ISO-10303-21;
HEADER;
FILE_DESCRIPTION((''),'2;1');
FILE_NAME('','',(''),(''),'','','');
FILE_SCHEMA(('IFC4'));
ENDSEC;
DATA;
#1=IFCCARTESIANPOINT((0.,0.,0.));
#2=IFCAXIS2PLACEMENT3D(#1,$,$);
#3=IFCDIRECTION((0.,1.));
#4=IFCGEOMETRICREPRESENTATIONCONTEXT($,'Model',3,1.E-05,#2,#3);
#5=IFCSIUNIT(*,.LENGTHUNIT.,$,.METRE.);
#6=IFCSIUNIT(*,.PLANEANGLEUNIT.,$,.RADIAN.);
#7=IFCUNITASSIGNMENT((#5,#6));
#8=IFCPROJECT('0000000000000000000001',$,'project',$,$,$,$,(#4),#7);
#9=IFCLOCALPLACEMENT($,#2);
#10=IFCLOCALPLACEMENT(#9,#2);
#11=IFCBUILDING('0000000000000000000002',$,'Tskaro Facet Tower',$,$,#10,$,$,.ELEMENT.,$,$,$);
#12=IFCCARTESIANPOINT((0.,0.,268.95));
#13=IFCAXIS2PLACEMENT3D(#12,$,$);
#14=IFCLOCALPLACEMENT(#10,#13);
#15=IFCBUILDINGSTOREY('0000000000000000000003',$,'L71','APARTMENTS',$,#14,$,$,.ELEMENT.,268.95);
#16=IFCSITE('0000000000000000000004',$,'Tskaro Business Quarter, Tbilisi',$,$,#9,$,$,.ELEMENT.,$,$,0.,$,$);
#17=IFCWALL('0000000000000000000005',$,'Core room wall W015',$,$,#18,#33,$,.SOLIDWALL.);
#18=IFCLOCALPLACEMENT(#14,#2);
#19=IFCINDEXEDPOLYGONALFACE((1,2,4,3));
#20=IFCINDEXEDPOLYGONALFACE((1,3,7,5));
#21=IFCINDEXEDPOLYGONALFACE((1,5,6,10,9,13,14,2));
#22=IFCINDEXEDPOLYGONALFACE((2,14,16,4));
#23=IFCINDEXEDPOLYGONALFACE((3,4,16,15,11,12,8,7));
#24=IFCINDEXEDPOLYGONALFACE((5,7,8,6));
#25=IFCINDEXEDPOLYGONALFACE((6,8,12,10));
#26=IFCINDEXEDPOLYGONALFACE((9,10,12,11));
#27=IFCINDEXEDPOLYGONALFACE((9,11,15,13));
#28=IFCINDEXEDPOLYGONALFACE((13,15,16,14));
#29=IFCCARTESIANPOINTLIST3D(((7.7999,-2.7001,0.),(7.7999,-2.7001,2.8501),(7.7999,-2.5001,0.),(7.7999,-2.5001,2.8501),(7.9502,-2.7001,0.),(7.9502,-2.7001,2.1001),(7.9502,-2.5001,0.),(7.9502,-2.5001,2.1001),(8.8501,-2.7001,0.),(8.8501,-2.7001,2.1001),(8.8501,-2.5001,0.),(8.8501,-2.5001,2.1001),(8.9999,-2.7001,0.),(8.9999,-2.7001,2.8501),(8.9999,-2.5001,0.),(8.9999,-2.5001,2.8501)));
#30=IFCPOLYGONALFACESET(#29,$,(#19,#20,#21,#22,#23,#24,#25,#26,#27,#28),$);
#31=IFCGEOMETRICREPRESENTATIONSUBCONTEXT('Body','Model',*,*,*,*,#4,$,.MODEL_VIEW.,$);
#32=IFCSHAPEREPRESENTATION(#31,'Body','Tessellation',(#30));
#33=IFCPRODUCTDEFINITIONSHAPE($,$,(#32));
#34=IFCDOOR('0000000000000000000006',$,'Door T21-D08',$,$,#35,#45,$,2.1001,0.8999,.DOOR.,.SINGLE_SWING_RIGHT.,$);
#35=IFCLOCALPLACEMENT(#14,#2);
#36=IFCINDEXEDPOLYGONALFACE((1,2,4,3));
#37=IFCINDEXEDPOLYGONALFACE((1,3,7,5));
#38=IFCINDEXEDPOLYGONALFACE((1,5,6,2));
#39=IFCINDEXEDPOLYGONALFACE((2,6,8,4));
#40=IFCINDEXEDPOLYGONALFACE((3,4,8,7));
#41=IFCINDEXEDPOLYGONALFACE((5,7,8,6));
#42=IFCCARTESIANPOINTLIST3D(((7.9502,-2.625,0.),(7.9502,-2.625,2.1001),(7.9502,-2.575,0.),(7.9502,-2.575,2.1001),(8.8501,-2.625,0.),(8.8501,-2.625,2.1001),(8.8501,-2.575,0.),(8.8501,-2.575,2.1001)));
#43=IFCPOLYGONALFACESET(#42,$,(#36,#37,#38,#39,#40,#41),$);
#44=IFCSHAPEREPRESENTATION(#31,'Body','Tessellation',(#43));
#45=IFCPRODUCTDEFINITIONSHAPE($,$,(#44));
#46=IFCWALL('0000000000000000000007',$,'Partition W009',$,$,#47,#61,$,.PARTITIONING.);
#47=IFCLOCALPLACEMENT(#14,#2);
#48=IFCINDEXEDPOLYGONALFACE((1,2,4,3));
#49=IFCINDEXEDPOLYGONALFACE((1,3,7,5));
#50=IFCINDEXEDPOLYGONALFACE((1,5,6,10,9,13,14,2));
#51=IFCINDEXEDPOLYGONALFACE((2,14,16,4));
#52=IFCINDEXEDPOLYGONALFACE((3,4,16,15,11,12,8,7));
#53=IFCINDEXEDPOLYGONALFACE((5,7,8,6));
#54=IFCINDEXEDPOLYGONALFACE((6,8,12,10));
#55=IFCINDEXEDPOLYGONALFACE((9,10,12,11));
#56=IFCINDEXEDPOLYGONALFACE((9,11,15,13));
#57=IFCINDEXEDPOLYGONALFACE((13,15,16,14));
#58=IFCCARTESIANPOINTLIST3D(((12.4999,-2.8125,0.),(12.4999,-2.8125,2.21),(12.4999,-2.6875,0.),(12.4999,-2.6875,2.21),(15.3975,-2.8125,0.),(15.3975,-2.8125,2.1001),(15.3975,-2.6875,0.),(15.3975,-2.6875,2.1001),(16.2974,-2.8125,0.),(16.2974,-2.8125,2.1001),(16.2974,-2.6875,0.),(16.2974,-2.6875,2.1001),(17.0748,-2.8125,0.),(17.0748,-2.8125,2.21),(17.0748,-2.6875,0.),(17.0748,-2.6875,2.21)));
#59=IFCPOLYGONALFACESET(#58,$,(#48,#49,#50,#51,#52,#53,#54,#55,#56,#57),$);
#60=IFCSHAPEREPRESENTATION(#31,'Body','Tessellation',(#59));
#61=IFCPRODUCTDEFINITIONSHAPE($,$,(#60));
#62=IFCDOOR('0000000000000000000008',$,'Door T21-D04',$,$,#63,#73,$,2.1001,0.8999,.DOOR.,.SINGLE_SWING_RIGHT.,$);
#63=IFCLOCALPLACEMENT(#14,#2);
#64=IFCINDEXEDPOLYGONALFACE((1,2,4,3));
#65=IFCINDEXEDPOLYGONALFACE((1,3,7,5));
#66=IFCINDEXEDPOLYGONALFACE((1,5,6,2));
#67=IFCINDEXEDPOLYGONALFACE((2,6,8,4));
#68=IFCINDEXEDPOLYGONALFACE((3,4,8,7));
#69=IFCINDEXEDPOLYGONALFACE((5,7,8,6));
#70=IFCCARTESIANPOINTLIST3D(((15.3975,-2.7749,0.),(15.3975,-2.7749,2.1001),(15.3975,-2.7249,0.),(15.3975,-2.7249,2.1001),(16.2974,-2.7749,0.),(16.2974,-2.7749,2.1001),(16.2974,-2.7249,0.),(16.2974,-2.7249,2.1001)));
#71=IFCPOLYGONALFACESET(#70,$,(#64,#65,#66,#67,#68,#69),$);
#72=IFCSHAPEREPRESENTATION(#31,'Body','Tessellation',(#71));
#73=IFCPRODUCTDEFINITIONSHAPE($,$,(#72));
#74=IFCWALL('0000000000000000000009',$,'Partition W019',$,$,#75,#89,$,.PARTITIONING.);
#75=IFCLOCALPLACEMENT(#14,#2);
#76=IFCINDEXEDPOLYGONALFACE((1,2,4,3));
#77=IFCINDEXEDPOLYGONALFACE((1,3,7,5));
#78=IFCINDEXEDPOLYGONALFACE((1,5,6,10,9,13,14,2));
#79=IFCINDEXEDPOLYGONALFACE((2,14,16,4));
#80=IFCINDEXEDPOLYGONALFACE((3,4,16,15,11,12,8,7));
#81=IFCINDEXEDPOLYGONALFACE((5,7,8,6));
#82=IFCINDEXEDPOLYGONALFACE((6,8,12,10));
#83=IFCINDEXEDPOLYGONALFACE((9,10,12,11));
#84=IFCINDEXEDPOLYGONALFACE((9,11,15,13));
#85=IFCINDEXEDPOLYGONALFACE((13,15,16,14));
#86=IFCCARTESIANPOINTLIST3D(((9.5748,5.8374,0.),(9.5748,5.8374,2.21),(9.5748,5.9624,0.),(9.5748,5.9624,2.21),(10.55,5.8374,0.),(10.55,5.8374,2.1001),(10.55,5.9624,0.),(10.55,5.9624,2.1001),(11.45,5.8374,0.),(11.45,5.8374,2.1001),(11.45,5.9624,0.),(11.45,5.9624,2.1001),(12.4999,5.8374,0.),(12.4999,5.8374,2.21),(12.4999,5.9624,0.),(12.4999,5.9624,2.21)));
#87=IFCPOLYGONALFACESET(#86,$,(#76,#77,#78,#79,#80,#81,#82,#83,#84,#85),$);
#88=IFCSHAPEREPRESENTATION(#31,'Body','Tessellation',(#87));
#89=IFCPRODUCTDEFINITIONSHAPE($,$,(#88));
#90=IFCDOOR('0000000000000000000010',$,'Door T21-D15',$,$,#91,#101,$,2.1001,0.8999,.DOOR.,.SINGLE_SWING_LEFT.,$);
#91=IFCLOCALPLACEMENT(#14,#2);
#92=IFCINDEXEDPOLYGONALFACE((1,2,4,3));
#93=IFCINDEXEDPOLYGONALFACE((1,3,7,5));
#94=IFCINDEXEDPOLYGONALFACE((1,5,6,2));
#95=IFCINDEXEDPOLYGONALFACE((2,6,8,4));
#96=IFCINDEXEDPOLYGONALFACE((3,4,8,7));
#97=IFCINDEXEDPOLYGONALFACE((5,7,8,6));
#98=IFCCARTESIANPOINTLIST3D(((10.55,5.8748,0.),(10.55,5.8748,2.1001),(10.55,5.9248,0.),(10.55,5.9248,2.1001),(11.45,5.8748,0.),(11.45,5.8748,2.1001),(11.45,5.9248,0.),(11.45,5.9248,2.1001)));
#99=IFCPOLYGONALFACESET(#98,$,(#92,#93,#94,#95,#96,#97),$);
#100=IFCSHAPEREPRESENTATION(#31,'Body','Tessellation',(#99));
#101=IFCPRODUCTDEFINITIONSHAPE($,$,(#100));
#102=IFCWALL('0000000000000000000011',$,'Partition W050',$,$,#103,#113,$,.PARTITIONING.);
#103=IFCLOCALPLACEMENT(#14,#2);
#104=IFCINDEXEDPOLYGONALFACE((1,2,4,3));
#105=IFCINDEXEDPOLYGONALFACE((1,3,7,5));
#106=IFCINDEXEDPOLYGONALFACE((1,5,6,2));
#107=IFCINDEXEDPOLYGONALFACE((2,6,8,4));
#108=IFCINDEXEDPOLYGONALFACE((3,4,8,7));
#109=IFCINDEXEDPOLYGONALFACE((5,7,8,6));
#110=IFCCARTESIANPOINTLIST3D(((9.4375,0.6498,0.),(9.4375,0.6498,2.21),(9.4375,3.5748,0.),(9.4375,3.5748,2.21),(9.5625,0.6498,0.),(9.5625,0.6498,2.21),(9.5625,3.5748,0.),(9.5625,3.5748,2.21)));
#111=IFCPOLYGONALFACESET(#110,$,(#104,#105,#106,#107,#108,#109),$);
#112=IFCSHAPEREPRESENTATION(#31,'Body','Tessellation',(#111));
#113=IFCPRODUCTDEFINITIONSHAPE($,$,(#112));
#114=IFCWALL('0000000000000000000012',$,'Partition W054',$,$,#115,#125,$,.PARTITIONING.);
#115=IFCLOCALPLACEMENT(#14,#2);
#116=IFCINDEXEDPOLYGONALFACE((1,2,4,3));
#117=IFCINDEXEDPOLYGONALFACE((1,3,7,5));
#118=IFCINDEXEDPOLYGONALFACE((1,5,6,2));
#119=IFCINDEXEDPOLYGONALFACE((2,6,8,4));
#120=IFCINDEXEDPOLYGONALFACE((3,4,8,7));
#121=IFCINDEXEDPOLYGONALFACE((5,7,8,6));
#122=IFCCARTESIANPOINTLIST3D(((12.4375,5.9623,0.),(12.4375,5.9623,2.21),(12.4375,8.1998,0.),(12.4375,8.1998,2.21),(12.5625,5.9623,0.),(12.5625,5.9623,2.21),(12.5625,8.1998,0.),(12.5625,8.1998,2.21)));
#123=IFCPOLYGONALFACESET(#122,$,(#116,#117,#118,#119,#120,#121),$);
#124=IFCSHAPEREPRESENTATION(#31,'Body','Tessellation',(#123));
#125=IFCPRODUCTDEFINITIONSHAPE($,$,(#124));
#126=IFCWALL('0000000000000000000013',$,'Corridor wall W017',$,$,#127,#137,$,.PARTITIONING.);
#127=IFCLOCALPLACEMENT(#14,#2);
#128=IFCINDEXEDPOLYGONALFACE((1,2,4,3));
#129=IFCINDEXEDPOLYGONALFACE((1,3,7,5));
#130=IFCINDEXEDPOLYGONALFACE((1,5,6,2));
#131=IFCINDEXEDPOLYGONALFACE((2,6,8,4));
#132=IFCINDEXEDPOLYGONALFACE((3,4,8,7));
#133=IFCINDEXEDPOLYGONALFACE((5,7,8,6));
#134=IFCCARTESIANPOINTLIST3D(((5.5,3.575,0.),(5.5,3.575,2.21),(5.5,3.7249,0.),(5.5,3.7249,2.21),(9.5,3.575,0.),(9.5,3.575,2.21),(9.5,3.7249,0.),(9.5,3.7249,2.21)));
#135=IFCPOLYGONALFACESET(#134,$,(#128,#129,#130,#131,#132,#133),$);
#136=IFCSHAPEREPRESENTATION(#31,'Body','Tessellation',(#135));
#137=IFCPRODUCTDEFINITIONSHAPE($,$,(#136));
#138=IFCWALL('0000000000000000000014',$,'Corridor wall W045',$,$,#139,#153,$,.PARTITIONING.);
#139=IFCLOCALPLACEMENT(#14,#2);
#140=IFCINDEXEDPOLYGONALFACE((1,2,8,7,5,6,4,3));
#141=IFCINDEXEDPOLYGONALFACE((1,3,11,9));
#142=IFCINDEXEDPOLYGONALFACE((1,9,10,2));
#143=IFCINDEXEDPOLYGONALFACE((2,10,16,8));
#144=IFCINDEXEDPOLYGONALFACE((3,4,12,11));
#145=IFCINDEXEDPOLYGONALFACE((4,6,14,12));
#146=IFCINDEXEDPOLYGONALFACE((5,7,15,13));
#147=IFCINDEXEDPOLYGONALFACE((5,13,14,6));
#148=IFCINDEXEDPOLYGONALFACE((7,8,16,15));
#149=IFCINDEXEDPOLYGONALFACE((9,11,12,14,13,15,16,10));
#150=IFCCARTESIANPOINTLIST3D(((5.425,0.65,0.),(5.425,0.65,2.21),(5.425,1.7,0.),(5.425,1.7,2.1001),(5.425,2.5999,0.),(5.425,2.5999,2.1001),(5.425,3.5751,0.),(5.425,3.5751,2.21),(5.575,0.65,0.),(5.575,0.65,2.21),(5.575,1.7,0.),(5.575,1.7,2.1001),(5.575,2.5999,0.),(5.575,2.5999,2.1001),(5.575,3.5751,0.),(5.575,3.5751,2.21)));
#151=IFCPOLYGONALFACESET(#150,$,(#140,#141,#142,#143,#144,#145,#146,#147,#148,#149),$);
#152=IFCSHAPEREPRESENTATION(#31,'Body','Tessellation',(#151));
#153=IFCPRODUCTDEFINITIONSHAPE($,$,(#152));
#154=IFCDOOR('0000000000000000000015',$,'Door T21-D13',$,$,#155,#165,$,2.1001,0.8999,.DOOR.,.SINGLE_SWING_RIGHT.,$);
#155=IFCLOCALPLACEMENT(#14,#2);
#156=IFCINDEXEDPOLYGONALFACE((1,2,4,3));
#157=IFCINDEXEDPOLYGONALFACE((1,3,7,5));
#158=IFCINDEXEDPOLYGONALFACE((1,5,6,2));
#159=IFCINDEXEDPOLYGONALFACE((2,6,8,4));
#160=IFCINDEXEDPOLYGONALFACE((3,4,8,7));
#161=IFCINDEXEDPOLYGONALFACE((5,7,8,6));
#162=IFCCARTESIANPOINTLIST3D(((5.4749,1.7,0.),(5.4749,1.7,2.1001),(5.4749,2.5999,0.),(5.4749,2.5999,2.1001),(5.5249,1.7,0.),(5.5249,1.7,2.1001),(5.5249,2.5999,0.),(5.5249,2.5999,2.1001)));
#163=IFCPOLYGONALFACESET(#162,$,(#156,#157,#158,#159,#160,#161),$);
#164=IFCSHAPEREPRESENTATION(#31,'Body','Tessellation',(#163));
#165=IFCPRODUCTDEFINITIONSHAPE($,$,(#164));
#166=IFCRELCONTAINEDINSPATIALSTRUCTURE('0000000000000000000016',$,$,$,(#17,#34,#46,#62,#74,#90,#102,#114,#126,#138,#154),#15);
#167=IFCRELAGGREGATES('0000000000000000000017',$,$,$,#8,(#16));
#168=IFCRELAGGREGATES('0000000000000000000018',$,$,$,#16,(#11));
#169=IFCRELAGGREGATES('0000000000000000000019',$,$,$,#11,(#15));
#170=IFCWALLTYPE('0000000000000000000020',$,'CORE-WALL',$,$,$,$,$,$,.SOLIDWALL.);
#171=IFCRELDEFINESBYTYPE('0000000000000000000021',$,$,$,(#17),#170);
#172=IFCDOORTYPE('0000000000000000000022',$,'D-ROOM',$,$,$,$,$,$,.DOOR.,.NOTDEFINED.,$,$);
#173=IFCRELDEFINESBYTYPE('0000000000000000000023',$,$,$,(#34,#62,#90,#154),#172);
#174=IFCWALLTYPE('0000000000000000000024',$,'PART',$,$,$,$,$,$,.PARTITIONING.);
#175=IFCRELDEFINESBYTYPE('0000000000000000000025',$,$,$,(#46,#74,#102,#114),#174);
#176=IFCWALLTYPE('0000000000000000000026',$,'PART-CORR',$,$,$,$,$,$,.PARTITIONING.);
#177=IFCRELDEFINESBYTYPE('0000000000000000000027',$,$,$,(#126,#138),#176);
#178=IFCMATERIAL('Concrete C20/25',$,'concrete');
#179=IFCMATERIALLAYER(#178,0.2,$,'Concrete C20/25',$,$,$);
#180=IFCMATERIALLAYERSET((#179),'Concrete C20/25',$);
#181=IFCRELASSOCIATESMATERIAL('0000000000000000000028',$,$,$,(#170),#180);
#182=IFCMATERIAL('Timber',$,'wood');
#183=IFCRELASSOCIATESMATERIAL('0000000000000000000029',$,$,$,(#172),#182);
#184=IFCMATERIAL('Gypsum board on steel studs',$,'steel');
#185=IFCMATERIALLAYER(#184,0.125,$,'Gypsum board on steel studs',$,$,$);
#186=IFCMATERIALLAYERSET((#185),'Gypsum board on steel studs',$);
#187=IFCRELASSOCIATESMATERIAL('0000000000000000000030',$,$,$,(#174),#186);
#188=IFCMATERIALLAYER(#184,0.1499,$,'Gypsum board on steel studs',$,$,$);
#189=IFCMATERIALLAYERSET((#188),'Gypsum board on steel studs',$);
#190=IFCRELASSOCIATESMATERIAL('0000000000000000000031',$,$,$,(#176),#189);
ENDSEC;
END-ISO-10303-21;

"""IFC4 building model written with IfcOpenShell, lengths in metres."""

from ifc_helpers import new_model, si_unit, direction, frame, frame_2d, origin, place, context, subcontext, project, spatial, rectangle, extrude, material, layer, layer_set, type_object, element, fill, save


model = new_model("IFC4")

# Units and contexts
model_context = context("Model", 3, precision=1e-05, world=origin(), true_north=direction((0.0, 1.0)))
body_context = subcontext(model_context, "Body", "Model", "MODEL_VIEW")
ifc_project = project(units=[si_unit("LENGTHUNIT", "METRE"), si_unit("PLANEANGLEUNIT", "RADIAN")], contexts=[model_context])

# Site, building, storey
site_placement = place(None, origin())
site = spatial("IfcSite", under=ifc_project, at=site_placement, Name="Tskaro Business Quarter, Tbilisi", CompositionType="ELEMENT", RefElevation=0.0)
building_placement = place(site_placement, origin())
building = spatial("IfcBuilding", under=site, at=building_placement, Name="Tskaro Facet Tower", CompositionType="ELEMENT")
storey_placement = place(building_placement, frame((0.0, 0.0, 268.95)))
storey = spatial("IfcBuildingStorey", under=building, at=storey_placement, Name="L71", Description="APARTMENTS", CompositionType="ELEMENT", Elevation=268.95)

# Shared definitions
ifc_material_1 = material(Name="Concrete C20/25", Category="concrete")
ifc_layer_1 = layer(ifc_material_1, 0.2, Name="Concrete C20/25")
ifc_layer_set_1 = layer_set([ifc_layer_1], Name="Concrete C20/25")
wall_type_1 = type_object("IfcWallType", Name="CORE-WALL", PredefinedType="SOLIDWALL", material=ifc_layer_set_1)
ifc_material_2 = material(Name="Timber", Category="wood")
door_type_1 = type_object("IfcDoorType", Name="D-ROOM", OperationType="NOTDEFINED", PredefinedType="DOOR", material=ifc_material_2)

# Walls, openings, doors
wall_1_placement = place(storey_placement, frame((9.0, -2.6001, 0.0), z_axis=(0.0, 0.0, 1.0), x_axis=(-1.0, 0.0, 0.0)))
wall_1 = element("IfcWall", 1, at=wall_1_placement, inside=storey, type_object=wall_type_1, Name="Core room wall W015", PredefinedType="SOLIDWALL", context=body_context, shape_type="SweptSolid", body=[
    extrude(rectangle(XDim=1.2, YDim=0.2, at=frame_2d((0.6001, 0.0))), origin(), (0.0, 0.0, 1.0), 2.8501),
])
opening_1_placement = place(wall_1_placement, frame((0.1499, 0.0, 0.0)))
opening_1 = element("IfcOpeningElement", 2, at=opening_1_placement, cuts=wall_1, PredefinedType="OPENING", context=body_context, shape_type="SweptSolid", body=[
    extrude(rectangle(XDim=0.8999, YDim=2.1001, at=frame_2d((0.45, 1.05))), frame((0.0, 0.1099, 0.0), z_axis=(0.0, -1.0, 0.0), x_axis=(1.0, 0.0, 0.0)), (0.0, 0.0, 1.0), 0.22),
])
door_1_placement = place(opening_1_placement, origin())
door_1 = element("IfcDoor", 3, at=door_1_placement, inside=storey, type_object=door_type_1, Name="Door T21-D08", OperationType="SINGLE_SWING_RIGHT", OverallHeight=2.1001, OverallWidth=0.8999, PredefinedType="DOOR", context=body_context, shape_type="SweptSolid", body=[
    extrude(rectangle(XDim=0.8999, YDim=2.1001, at=frame_2d((0.45, 1.05))), frame((0.0, 0.0249, 0.0), z_axis=(0.0, -1.0, 0.0), x_axis=(1.0, 0.0, 0.0)), (0.0, 0.0, 1.0), 0.05),
])
fill(opening_1, door_1)
ifc_material_3 = material(Name="Gypsum board on steel studs", Category="steel")
ifc_layer_2 = layer(ifc_material_3, 0.125, Name="Gypsum board on steel studs")
ifc_layer_set_2 = layer_set([ifc_layer_2], Name="Gypsum board on steel studs")
wall_type_2 = type_object("IfcWallType", Name="PART", PredefinedType="PARTITIONING", material=ifc_layer_set_2)
wall_2_placement = place(storey_placement, frame((17.075, -2.75, 0.0), z_axis=(0.0, 0.0, 1.0), x_axis=(-1.0, 0.0, 0.0)))
wall_2 = element("IfcWall", 4, at=wall_2_placement, inside=storey, type_object=wall_type_2, Name="Partition W009", PredefinedType="PARTITIONING", context=body_context, shape_type="SweptSolid", body=[
    extrude(rectangle(XDim=4.575, YDim=0.125, at=frame_2d((2.2876, 0.0))), origin(), (0.0, 0.0, 1.0), 2.21),
])
opening_2_placement = place(wall_2_placement, frame((0.7776, 0.0, 0.0)))
opening_2 = element("IfcOpeningElement", 5, at=opening_2_placement, cuts=wall_2, PredefinedType="OPENING", context=body_context, shape_type="SweptSolid", body=[
    extrude(rectangle(XDim=0.8999, YDim=2.1001, at=frame_2d((0.45, 1.05))), frame((0.0, 0.0725, 0.0), z_axis=(0.0, -1.0, 0.0), x_axis=(1.0, 0.0, 0.0)), (0.0, 0.0, 1.0), 0.145),
])
door_2_placement = place(opening_2_placement, origin())
door_2 = element("IfcDoor", 6, at=door_2_placement, inside=storey, type_object=door_type_1, Name="Door T21-D04", OperationType="SINGLE_SWING_RIGHT", OverallHeight=2.1001, OverallWidth=0.8999, PredefinedType="DOOR", context=body_context, shape_type="SweptSolid", body=[
    extrude(rectangle(XDim=0.8999, YDim=2.1001, at=frame_2d((0.45, 1.05))), frame((0.0, 0.0249, 0.0), z_axis=(0.0, -1.0, 0.0), x_axis=(1.0, 0.0, 0.0)), (0.0, 0.0, 1.0), 0.05),
])
fill(opening_2, door_2)
wall_3_placement = place(storey_placement, frame((9.575, 5.8999, 0.0), z_axis=(0.0, 0.0, 1.0), x_axis=(1.0, 0.0, 0.0)))
wall_3 = element("IfcWall", 7, at=wall_3_placement, inside=storey, type_object=wall_type_2, Name="Partition W019", PredefinedType="PARTITIONING", context=body_context, shape_type="SweptSolid", body=[
    extrude(rectangle(XDim=2.925, YDim=0.125, at=frame_2d((1.4624, 0.0))), origin(), (0.0, 0.0, 1.0), 2.21),
])
opening_3_placement = place(wall_3_placement, frame((0.9751, 0.0, 0.0)))
opening_3 = element("IfcOpeningElement", 8, at=opening_3_placement, cuts=wall_3, PredefinedType="OPENING", context=body_context, shape_type="SweptSolid", body=[
    extrude(rectangle(XDim=0.8999, YDim=2.1001, at=frame_2d((0.45, 1.05))), frame((0.0, 0.0725, 0.0), z_axis=(0.0, -1.0, 0.0), x_axis=(1.0, 0.0, 0.0)), (0.0, 0.0, 1.0), 0.145),
])
door_3_placement = place(opening_3_placement, origin())
door_3 = element("IfcDoor", 9, at=door_3_placement, inside=storey, type_object=door_type_1, Name="Door T21-D15", OperationType="SINGLE_SWING_LEFT", OverallHeight=2.1001, OverallWidth=0.8999, PredefinedType="DOOR", context=body_context, shape_type="SweptSolid", body=[
    extrude(rectangle(XDim=0.8999, YDim=2.1001, at=frame_2d((0.45, 1.05))), frame((0.0, 0.0249, 0.0), z_axis=(0.0, -1.0, 0.0), x_axis=(1.0, 0.0, 0.0)), (0.0, 0.0, 1.0), 0.05),
])
fill(opening_3, door_3)

# Walls
wall_4_placement = place(storey_placement, frame((9.5, 0.6499, 0.0), z_axis=(0.0, 0.0, 1.0), x_axis=(0.0, 1.0, 0.0)))
element("IfcWall", 10, at=wall_4_placement, inside=storey, type_object=wall_type_2, Name="Partition W050", PredefinedType="PARTITIONING", context=body_context, shape_type="SweptSolid", body=[
    extrude(rectangle(XDim=2.925, YDim=0.125, at=frame_2d((1.4624, 0.0))), origin(), (0.0, 0.0, 1.0), 2.21),
])
wall_5_placement = place(storey_placement, frame((12.5, 5.9624, 0.0), z_axis=(0.0, 0.0, 1.0), x_axis=(0.0, 1.0, 0.0)))
element("IfcWall", 11, at=wall_5_placement, inside=storey, type_object=wall_type_2, Name="Partition W054", PredefinedType="PARTITIONING", context=body_context, shape_type="SweptSolid", body=[
    extrude(rectangle(XDim=2.2375, YDim=0.125, at=frame_2d((1.1187, 0.0))), origin(), (0.0, 0.0, 1.0), 2.21),
])
ifc_layer_3 = layer(ifc_material_3, 0.1499, Name="Gypsum board on steel studs")
ifc_layer_set_3 = layer_set([ifc_layer_3], Name="Gypsum board on steel studs")
wall_type_3 = type_object("IfcWallType", Name="PART-CORR", PredefinedType="PARTITIONING", material=ifc_layer_set_3)
wall_6_placement = place(storey_placement, frame((5.5, 3.6499, 0.0), z_axis=(0.0, 0.0, 1.0), x_axis=(1.0, 0.0, 0.0)))
element("IfcWall", 12, at=wall_6_placement, inside=storey, type_object=wall_type_3, Name="Corridor wall W017", PredefinedType="PARTITIONING", context=body_context, shape_type="SweptSolid", body=[
    extrude(rectangle(XDim=4.0, YDim=0.1499, at=frame_2d((2.0, 0.0))), origin(), (0.0, 0.0, 1.0), 2.21),
])

# Wall, opening, door
wall_7_placement = place(storey_placement, frame((5.5, 3.575, 0.0), z_axis=(0.0, 0.0, 1.0), x_axis=(0.0, -1.0, 0.0)))
wall_7 = element("IfcWall", 13, at=wall_7_placement, inside=storey, type_object=wall_type_3, Name="Corridor wall W045", PredefinedType="PARTITIONING", context=body_context, shape_type="SweptSolid", body=[
    extrude(rectangle(XDim=2.925, YDim=0.1499, at=frame_2d((1.4624, 0.0))), origin(), (0.0, 0.0, 1.0), 2.21),
])
opening_4_placement = place(wall_7_placement, frame((0.9751, 0.0, 0.0)))
opening_4 = element("IfcOpeningElement", 14, at=opening_4_placement, cuts=wall_7, PredefinedType="OPENING", context=body_context, shape_type="SweptSolid", body=[
    extrude(rectangle(XDim=0.8999, YDim=2.1001, at=frame_2d((0.45, 1.05))), frame((0.0, 0.085, 0.0), z_axis=(0.0, -1.0, 0.0), x_axis=(1.0, 0.0, 0.0)), (0.0, 0.0, 1.0), 0.1699),
])
door_4_placement = place(opening_4_placement, origin())
door_4 = element("IfcDoor", 15, at=door_4_placement, inside=storey, type_object=door_type_1, Name="Door T21-D13", OperationType="SINGLE_SWING_RIGHT", OverallHeight=2.1001, OverallWidth=0.8999, PredefinedType="DOOR", context=body_context, shape_type="SweptSolid", body=[
    extrude(rectangle(XDim=0.8999, YDim=2.1001, at=frame_2d((0.45, 1.05))), frame((0.0, 0.0249, 0.0), z_axis=(0.0, -1.0, 0.0), x_axis=(1.0, 0.0, 0.0)), (0.0, 0.0, 1.0), 0.05),
])
fill(opening_4, door_4)

save(model, "model.ifc")
